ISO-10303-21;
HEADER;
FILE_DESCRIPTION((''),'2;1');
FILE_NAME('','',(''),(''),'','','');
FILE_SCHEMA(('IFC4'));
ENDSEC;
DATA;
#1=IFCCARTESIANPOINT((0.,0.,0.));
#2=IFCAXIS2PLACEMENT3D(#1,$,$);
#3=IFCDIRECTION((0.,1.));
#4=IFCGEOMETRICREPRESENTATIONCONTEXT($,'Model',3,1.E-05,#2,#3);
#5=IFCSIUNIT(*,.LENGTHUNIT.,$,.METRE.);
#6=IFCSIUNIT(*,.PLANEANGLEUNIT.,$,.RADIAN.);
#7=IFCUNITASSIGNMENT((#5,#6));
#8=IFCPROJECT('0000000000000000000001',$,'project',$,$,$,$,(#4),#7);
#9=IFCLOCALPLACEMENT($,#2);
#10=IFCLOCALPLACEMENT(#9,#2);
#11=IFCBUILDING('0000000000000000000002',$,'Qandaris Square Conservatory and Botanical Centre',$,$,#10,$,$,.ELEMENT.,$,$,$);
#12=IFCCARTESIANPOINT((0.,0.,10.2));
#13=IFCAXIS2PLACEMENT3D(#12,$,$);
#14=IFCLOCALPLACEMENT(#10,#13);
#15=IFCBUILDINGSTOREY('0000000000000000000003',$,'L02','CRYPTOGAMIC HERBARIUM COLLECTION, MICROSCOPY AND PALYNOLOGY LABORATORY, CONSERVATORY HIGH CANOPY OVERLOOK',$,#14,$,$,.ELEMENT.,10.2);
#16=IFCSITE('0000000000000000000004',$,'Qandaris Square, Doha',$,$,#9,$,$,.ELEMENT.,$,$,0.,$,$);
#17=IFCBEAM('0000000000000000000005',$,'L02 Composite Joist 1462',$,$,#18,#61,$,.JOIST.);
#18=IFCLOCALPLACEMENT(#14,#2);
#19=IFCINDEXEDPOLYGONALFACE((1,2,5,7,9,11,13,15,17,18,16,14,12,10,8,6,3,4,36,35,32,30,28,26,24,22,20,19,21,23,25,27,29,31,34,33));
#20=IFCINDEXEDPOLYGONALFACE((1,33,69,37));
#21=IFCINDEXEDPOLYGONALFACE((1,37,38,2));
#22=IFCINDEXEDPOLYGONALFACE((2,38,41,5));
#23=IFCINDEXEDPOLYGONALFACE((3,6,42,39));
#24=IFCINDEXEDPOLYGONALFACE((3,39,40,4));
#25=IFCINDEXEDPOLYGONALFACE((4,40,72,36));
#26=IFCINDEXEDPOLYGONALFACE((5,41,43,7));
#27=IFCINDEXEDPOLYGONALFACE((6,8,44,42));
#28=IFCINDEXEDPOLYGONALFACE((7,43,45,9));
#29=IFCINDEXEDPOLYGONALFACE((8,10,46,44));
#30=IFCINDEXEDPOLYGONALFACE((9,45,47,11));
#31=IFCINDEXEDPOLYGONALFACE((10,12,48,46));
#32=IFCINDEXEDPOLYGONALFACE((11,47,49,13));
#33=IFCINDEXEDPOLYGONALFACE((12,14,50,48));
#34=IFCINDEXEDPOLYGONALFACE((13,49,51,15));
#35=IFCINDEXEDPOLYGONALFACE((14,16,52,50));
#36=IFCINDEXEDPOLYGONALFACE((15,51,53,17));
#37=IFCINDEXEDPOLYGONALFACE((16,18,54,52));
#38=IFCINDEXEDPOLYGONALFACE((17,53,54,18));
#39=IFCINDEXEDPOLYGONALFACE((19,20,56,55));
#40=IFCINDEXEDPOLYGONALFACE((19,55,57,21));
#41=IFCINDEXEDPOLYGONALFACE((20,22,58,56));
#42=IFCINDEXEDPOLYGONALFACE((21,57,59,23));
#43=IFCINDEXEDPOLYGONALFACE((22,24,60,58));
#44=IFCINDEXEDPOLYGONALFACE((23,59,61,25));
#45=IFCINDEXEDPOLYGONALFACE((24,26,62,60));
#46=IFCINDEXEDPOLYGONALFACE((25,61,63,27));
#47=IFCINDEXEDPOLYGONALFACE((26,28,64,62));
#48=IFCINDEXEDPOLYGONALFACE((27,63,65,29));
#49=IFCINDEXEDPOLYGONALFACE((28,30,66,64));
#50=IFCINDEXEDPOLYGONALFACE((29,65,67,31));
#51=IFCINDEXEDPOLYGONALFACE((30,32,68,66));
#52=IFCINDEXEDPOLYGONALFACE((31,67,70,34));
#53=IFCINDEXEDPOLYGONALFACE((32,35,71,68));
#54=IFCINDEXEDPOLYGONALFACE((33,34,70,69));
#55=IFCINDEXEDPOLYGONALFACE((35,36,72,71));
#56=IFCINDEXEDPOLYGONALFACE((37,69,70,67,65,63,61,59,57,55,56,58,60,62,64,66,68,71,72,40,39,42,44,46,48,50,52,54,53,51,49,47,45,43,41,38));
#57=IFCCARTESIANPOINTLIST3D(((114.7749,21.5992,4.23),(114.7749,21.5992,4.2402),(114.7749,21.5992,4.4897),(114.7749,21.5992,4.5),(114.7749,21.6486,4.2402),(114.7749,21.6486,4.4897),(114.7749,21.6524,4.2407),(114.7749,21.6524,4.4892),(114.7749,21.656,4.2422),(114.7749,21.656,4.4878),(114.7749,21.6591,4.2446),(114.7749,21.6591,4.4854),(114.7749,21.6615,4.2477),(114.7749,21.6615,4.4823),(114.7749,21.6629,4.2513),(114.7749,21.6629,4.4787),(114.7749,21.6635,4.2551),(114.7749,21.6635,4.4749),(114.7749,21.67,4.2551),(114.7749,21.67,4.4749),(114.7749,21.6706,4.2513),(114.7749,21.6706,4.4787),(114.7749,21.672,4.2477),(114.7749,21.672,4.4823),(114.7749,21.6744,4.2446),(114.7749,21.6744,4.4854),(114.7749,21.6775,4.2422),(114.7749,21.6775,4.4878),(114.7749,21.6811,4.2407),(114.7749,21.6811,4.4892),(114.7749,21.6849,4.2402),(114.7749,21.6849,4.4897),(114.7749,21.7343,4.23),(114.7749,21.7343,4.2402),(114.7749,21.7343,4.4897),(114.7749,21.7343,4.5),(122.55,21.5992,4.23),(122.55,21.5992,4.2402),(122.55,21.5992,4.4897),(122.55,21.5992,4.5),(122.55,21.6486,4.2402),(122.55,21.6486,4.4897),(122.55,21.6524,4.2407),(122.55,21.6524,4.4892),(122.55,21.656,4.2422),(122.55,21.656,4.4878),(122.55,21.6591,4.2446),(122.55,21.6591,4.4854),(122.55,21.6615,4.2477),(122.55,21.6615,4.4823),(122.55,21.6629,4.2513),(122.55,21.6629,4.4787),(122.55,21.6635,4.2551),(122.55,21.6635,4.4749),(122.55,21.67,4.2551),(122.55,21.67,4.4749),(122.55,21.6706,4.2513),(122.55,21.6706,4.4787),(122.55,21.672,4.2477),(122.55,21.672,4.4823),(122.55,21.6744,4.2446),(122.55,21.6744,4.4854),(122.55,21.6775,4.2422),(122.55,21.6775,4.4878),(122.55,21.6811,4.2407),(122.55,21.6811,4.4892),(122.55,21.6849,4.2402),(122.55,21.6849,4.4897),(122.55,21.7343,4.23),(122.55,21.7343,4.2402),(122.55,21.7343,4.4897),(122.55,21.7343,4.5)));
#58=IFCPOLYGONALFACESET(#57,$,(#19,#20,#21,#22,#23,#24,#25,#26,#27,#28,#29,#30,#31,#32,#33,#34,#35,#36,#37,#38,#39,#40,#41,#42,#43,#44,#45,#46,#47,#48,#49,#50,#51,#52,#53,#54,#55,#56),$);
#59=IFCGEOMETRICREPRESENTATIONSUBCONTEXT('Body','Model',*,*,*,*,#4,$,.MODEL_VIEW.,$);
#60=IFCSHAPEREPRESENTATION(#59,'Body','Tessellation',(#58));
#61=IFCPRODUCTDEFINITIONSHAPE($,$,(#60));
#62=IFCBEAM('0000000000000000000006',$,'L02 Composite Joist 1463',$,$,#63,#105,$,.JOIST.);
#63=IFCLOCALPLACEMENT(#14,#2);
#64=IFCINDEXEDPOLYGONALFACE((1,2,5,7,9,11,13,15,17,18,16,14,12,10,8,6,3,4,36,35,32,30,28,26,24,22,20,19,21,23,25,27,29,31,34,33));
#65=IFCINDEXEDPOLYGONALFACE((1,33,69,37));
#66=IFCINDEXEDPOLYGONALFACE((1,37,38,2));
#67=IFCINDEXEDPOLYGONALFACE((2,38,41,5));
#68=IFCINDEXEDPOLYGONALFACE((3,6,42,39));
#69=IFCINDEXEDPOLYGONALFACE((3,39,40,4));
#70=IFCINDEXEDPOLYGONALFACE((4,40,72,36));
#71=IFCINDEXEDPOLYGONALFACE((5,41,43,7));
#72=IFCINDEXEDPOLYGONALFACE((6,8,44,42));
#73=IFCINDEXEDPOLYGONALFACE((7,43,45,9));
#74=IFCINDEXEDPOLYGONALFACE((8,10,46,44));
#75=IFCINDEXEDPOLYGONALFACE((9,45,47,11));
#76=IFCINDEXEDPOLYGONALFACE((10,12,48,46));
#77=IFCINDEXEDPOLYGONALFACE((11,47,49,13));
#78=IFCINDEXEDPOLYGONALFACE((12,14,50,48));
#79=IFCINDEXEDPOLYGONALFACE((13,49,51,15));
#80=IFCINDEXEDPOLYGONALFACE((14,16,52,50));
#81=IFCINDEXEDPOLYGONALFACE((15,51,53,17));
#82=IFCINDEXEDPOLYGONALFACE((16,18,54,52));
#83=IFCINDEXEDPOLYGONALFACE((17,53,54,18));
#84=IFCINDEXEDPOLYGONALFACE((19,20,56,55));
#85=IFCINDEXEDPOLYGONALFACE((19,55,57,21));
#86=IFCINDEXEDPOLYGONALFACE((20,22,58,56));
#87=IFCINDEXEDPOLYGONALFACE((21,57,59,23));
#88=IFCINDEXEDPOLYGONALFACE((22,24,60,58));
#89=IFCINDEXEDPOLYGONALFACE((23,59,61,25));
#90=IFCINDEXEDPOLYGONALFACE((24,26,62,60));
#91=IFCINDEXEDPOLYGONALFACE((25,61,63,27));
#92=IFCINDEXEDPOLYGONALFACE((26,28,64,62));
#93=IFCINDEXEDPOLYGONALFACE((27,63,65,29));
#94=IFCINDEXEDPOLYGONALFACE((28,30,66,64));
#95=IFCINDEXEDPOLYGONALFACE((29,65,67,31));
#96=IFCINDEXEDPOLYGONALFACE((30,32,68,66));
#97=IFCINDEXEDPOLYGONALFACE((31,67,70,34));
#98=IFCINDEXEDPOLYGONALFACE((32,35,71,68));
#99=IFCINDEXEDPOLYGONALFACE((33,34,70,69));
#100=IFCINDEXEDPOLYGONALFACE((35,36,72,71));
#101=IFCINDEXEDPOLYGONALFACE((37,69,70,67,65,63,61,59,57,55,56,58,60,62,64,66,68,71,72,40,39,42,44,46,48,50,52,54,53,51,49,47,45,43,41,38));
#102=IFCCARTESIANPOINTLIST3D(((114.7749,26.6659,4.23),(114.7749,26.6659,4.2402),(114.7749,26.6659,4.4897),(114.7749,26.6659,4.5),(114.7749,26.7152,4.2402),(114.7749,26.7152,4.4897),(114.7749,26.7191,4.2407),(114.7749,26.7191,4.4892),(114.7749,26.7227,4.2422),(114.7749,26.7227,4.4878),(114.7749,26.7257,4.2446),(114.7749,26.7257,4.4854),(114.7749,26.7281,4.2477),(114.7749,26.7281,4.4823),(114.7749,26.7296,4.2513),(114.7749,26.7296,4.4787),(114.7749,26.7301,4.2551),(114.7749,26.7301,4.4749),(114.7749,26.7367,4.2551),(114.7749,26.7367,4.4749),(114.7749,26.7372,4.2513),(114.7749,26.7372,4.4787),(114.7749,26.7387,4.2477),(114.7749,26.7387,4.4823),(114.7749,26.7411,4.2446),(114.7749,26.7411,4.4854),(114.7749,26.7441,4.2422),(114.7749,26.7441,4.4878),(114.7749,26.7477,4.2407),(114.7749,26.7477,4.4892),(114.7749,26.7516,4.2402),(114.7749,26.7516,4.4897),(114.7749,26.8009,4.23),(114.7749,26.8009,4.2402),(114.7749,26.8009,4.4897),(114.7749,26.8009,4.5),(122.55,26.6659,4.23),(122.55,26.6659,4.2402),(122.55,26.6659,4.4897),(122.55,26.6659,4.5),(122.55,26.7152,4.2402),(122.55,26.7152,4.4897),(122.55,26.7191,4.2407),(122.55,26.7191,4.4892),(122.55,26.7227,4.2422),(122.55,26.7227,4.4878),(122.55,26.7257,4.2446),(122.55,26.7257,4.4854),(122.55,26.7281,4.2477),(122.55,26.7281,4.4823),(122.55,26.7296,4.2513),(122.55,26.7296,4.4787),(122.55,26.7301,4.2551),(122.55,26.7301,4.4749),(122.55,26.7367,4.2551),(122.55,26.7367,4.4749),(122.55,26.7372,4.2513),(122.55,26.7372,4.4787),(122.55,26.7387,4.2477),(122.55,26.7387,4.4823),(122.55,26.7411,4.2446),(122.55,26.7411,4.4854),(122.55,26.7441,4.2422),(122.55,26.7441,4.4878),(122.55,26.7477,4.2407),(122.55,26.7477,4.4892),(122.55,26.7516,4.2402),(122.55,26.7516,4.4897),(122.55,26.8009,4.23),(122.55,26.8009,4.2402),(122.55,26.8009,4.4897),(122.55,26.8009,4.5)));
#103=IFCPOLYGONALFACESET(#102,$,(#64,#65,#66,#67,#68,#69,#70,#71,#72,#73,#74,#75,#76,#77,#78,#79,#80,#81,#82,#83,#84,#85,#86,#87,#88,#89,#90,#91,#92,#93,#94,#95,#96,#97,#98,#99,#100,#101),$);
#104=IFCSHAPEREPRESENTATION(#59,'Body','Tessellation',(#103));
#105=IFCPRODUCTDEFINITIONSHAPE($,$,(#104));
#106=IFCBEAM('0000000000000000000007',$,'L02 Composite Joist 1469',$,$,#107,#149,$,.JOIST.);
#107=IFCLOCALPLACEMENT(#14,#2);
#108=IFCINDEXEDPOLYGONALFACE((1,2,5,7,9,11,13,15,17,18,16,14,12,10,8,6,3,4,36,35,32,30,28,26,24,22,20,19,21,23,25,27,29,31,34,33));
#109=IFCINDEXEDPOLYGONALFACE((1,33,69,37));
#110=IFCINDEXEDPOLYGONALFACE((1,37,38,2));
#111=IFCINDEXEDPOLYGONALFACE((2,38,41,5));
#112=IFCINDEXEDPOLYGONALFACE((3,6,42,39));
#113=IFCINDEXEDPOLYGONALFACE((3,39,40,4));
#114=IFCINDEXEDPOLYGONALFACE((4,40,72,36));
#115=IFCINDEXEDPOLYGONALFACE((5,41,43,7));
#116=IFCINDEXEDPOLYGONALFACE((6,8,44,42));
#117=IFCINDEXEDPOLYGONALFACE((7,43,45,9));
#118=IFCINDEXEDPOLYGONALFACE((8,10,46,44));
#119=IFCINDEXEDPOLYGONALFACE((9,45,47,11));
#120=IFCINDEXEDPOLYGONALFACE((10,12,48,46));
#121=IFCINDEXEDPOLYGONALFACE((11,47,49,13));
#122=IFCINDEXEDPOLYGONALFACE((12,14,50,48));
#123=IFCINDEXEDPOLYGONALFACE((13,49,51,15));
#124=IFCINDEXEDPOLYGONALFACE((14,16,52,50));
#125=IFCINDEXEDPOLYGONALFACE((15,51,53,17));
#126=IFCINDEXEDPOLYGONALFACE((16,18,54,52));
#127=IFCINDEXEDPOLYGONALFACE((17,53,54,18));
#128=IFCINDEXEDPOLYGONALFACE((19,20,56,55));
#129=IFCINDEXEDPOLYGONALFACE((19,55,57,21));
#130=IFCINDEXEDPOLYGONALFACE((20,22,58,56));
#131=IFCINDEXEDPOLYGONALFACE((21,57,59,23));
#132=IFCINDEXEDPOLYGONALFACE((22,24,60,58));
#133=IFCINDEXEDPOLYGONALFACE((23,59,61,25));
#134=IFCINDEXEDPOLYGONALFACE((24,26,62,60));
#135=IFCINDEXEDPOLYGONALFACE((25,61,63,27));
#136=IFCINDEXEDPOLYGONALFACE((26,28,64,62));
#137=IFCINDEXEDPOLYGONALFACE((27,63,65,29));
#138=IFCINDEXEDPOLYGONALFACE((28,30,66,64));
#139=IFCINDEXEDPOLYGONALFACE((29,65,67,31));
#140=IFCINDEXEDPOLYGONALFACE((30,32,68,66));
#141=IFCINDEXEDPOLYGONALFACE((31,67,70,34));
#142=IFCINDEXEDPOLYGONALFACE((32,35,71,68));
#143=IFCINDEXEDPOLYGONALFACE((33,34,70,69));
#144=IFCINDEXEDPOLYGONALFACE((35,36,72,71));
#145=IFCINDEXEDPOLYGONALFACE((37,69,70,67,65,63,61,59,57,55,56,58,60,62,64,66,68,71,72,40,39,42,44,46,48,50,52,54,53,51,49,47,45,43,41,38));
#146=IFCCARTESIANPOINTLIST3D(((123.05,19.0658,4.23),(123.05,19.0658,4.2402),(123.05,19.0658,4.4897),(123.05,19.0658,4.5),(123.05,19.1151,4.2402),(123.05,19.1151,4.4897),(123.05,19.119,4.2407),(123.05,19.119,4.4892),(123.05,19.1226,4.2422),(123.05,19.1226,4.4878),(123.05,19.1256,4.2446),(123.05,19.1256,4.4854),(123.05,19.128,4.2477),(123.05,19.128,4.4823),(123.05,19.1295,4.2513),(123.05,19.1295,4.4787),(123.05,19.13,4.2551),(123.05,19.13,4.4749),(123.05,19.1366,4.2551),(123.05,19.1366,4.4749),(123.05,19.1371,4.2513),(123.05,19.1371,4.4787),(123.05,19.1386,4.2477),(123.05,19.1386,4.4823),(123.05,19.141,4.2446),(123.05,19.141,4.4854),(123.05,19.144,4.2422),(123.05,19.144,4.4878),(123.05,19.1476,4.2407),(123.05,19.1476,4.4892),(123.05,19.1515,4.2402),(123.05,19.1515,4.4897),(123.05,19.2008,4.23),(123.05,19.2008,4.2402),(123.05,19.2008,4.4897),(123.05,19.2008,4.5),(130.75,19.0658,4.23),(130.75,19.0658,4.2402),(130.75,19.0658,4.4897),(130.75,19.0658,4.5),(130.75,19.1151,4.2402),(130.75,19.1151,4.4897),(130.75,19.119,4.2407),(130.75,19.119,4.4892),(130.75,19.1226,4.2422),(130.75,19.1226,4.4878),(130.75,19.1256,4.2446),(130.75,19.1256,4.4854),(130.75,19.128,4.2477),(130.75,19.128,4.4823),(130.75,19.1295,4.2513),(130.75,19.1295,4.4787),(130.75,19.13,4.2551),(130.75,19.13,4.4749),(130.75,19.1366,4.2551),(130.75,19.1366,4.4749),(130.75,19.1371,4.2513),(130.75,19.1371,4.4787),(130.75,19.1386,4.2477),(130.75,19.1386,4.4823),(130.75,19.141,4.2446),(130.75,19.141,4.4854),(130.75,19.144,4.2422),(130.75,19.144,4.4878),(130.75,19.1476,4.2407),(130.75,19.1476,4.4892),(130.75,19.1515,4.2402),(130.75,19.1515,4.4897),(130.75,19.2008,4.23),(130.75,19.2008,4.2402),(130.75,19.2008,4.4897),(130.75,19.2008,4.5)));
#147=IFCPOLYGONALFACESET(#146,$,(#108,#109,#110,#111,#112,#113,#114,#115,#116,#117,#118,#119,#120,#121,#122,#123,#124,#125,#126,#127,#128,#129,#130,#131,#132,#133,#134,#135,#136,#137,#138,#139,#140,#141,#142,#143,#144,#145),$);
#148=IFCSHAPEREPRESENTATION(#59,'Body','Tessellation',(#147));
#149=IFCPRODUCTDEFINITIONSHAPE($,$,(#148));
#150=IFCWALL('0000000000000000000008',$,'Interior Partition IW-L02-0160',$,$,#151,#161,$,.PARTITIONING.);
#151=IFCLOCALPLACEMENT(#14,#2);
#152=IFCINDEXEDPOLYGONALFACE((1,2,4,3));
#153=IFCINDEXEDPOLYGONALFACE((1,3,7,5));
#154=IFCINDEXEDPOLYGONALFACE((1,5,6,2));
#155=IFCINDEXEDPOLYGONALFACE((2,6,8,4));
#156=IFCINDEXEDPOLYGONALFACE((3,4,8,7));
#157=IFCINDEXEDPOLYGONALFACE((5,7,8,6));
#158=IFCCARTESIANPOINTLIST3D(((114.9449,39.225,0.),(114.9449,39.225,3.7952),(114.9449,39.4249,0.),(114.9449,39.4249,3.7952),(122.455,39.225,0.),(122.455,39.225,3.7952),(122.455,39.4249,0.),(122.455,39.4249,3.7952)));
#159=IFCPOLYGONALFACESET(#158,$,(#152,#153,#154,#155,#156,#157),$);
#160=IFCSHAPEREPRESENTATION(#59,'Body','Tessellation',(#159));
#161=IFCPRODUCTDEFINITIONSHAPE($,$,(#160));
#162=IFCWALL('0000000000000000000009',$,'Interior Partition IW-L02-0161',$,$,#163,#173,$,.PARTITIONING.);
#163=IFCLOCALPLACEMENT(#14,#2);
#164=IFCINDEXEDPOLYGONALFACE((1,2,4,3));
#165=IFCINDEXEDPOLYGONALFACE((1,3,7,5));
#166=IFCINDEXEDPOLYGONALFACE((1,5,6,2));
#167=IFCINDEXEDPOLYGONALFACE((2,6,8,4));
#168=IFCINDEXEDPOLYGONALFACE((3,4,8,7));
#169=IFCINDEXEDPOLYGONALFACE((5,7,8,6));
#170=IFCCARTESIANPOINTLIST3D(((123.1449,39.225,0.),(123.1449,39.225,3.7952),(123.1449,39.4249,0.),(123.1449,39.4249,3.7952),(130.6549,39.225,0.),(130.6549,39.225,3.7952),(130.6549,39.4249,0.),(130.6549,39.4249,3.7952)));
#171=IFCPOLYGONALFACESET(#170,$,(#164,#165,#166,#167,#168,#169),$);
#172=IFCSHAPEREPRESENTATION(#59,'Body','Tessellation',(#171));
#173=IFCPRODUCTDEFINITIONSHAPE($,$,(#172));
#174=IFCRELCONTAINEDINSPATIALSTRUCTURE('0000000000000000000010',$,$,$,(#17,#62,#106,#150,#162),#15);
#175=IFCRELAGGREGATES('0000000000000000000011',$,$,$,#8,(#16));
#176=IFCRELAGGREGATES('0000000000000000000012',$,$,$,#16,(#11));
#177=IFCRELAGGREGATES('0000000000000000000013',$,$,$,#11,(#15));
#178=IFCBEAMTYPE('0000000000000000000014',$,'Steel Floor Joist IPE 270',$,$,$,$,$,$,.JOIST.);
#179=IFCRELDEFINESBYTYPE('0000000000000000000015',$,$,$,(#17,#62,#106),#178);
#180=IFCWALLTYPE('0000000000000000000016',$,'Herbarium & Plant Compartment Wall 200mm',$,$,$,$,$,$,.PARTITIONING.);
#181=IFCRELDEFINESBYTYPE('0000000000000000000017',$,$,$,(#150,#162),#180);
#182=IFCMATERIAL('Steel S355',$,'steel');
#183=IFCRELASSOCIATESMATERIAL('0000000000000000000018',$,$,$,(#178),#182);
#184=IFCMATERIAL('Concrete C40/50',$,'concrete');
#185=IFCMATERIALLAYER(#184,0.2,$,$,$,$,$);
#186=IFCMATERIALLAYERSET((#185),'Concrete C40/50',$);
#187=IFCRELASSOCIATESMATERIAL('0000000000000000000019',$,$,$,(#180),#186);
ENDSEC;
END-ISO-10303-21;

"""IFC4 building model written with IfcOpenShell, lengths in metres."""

from ifc_helpers import new_model, si_unit, direction, frame, frame_2d, origin, origin_2d, place, context, subcontext, project, spatial, rectangle, i_section, extrude, material, layer, layer_set, material_profile, profile_set, type_object, element, save


model = new_model("IFC4")

# Units and contexts
model_context = context("Model", 3, precision=1e-05, world=origin(), true_north=direction((0.0, 1.0)))
body_context = subcontext(model_context, "Body", "Model", "MODEL_VIEW")
ifc_project = project(units=[si_unit("LENGTHUNIT", "METRE"), si_unit("PLANEANGLEUNIT", "RADIAN")], contexts=[model_context])

# Site, building, storey
site_placement = place(None, origin())
site = spatial("IfcSite", under=ifc_project, at=site_placement, Name="Qandaris Square, Doha", CompositionType="ELEMENT", RefElevation=0.0)
building_placement = place(site_placement, origin())
building = spatial("IfcBuilding", under=site, at=building_placement, Name="Qandaris Square Conservatory and Botanical Centre", CompositionType="ELEMENT")
storey_placement = place(building_placement, frame((0.0, 0.0, 10.2)))
storey = spatial("IfcBuildingStorey", under=building, at=storey_placement, Name="L02", Description="CRYPTOGAMIC HERBARIUM COLLECTION, MICROSCOPY AND PALYNOLOGY LABORATORY, CONSERVATORY HIGH CANOPY OVERLOOK", CompositionType="ELEMENT", Elevation=10.2)

# Beams
ifc_material_1 = material(Name="Steel S355", Category="steel")
ifc_material_profile_1 = material_profile(ifc_material_1, i_section(OverallWidth=0.135, OverallDepth=0.27, WebThickness=0.0066, FlangeThickness=0.0103, FilletRadius=0.0149, at=origin_2d()), Name="IPE 270")
ifc_profile_set_1 = profile_set([ifc_material_profile_1], Name="Steel S355")
beam_type_1 = type_object("IfcBeamType", Name="Steel Floor Joist IPE 270", PredefinedType="JOIST", material=ifc_profile_set_1)
for number, where, z_axis, x_axis, name in (
    (1, (114.7749, 21.6667, 4.365), (1.0, 0.0, 0.0), (0.0, 1.0, 0.0), "L02 Composite Joist 1462"),
    (2, (114.7749, 26.7334, 4.365), (1.0, 0.0, 0.0), (0.0, 1.0, 0.0), "L02 Composite Joist 1463"),
):
    element("IfcBeam", number, at=place(storey_placement, frame(where, z_axis=z_axis, x_axis=x_axis)), inside=storey, type_object=beam_type_1, Name=name, PredefinedType="JOIST", context=body_context, shape_type="SweptSolid", body=[
        extrude(i_section(OverallWidth=0.135, OverallDepth=0.27, WebThickness=0.0066, FlangeThickness=0.0103, FilletRadius=0.0149, at=origin_2d()), origin(), (0.0, 0.0, 1.0), 7.7751),
    ])
beam_1_placement = place(storey_placement, frame((123.05, 19.1333, 4.365), z_axis=(1.0, 0.0, 0.0), x_axis=(0.0, 1.0, 0.0)))
element("IfcBeam", 3, at=beam_1_placement, inside=storey, type_object=beam_type_1, Name="L02 Composite Joist 1469", PredefinedType="JOIST", context=body_context, shape_type="SweptSolid", body=[
    extrude(i_section(OverallWidth=0.135, OverallDepth=0.27, WebThickness=0.0066, FlangeThickness=0.0103, FilletRadius=0.0149, at=origin_2d()), origin(), (0.0, 0.0, 1.0), 7.7),
])

# Walls
ifc_material_2 = material(Name="Concrete C40/50", Category="concrete")
ifc_layer_1 = layer(ifc_material_2, 0.2)
ifc_layer_set_1 = layer_set([ifc_layer_1], Name="Concrete C40/50")
wall_type_1 = type_object("IfcWallType", Name="Herbarium & Plant Compartment Wall 200mm", PredefinedType="PARTITIONING", material=ifc_layer_set_1)
for number, where, z_axis, x_axis, name in (
    (4, (114.9451, 39.325, 0.0), (0.0, 0.0, 1.0), (1.0, 0.0, 0.0), "Interior Partition IW-L02-0160"),
    (5, (123.145, 39.325, 0.0), (0.0, 0.0, 1.0), (1.0, 0.0, 0.0), "Interior Partition IW-L02-0161"),
):
    element("IfcWall", number, at=place(storey_placement, frame(where, z_axis=z_axis, x_axis=x_axis)), inside=storey, type_object=wall_type_1, Name=name, PredefinedType="PARTITIONING", context=body_context, shape_type="SweptSolid", body=[
        extrude(rectangle(XDim=7.51, YDim=0.2, at=frame_2d((3.7549, 0.0))), origin(), (0.0, 0.0, 1.0), 3.7952),
    ])

save(model, "model.ifc")
